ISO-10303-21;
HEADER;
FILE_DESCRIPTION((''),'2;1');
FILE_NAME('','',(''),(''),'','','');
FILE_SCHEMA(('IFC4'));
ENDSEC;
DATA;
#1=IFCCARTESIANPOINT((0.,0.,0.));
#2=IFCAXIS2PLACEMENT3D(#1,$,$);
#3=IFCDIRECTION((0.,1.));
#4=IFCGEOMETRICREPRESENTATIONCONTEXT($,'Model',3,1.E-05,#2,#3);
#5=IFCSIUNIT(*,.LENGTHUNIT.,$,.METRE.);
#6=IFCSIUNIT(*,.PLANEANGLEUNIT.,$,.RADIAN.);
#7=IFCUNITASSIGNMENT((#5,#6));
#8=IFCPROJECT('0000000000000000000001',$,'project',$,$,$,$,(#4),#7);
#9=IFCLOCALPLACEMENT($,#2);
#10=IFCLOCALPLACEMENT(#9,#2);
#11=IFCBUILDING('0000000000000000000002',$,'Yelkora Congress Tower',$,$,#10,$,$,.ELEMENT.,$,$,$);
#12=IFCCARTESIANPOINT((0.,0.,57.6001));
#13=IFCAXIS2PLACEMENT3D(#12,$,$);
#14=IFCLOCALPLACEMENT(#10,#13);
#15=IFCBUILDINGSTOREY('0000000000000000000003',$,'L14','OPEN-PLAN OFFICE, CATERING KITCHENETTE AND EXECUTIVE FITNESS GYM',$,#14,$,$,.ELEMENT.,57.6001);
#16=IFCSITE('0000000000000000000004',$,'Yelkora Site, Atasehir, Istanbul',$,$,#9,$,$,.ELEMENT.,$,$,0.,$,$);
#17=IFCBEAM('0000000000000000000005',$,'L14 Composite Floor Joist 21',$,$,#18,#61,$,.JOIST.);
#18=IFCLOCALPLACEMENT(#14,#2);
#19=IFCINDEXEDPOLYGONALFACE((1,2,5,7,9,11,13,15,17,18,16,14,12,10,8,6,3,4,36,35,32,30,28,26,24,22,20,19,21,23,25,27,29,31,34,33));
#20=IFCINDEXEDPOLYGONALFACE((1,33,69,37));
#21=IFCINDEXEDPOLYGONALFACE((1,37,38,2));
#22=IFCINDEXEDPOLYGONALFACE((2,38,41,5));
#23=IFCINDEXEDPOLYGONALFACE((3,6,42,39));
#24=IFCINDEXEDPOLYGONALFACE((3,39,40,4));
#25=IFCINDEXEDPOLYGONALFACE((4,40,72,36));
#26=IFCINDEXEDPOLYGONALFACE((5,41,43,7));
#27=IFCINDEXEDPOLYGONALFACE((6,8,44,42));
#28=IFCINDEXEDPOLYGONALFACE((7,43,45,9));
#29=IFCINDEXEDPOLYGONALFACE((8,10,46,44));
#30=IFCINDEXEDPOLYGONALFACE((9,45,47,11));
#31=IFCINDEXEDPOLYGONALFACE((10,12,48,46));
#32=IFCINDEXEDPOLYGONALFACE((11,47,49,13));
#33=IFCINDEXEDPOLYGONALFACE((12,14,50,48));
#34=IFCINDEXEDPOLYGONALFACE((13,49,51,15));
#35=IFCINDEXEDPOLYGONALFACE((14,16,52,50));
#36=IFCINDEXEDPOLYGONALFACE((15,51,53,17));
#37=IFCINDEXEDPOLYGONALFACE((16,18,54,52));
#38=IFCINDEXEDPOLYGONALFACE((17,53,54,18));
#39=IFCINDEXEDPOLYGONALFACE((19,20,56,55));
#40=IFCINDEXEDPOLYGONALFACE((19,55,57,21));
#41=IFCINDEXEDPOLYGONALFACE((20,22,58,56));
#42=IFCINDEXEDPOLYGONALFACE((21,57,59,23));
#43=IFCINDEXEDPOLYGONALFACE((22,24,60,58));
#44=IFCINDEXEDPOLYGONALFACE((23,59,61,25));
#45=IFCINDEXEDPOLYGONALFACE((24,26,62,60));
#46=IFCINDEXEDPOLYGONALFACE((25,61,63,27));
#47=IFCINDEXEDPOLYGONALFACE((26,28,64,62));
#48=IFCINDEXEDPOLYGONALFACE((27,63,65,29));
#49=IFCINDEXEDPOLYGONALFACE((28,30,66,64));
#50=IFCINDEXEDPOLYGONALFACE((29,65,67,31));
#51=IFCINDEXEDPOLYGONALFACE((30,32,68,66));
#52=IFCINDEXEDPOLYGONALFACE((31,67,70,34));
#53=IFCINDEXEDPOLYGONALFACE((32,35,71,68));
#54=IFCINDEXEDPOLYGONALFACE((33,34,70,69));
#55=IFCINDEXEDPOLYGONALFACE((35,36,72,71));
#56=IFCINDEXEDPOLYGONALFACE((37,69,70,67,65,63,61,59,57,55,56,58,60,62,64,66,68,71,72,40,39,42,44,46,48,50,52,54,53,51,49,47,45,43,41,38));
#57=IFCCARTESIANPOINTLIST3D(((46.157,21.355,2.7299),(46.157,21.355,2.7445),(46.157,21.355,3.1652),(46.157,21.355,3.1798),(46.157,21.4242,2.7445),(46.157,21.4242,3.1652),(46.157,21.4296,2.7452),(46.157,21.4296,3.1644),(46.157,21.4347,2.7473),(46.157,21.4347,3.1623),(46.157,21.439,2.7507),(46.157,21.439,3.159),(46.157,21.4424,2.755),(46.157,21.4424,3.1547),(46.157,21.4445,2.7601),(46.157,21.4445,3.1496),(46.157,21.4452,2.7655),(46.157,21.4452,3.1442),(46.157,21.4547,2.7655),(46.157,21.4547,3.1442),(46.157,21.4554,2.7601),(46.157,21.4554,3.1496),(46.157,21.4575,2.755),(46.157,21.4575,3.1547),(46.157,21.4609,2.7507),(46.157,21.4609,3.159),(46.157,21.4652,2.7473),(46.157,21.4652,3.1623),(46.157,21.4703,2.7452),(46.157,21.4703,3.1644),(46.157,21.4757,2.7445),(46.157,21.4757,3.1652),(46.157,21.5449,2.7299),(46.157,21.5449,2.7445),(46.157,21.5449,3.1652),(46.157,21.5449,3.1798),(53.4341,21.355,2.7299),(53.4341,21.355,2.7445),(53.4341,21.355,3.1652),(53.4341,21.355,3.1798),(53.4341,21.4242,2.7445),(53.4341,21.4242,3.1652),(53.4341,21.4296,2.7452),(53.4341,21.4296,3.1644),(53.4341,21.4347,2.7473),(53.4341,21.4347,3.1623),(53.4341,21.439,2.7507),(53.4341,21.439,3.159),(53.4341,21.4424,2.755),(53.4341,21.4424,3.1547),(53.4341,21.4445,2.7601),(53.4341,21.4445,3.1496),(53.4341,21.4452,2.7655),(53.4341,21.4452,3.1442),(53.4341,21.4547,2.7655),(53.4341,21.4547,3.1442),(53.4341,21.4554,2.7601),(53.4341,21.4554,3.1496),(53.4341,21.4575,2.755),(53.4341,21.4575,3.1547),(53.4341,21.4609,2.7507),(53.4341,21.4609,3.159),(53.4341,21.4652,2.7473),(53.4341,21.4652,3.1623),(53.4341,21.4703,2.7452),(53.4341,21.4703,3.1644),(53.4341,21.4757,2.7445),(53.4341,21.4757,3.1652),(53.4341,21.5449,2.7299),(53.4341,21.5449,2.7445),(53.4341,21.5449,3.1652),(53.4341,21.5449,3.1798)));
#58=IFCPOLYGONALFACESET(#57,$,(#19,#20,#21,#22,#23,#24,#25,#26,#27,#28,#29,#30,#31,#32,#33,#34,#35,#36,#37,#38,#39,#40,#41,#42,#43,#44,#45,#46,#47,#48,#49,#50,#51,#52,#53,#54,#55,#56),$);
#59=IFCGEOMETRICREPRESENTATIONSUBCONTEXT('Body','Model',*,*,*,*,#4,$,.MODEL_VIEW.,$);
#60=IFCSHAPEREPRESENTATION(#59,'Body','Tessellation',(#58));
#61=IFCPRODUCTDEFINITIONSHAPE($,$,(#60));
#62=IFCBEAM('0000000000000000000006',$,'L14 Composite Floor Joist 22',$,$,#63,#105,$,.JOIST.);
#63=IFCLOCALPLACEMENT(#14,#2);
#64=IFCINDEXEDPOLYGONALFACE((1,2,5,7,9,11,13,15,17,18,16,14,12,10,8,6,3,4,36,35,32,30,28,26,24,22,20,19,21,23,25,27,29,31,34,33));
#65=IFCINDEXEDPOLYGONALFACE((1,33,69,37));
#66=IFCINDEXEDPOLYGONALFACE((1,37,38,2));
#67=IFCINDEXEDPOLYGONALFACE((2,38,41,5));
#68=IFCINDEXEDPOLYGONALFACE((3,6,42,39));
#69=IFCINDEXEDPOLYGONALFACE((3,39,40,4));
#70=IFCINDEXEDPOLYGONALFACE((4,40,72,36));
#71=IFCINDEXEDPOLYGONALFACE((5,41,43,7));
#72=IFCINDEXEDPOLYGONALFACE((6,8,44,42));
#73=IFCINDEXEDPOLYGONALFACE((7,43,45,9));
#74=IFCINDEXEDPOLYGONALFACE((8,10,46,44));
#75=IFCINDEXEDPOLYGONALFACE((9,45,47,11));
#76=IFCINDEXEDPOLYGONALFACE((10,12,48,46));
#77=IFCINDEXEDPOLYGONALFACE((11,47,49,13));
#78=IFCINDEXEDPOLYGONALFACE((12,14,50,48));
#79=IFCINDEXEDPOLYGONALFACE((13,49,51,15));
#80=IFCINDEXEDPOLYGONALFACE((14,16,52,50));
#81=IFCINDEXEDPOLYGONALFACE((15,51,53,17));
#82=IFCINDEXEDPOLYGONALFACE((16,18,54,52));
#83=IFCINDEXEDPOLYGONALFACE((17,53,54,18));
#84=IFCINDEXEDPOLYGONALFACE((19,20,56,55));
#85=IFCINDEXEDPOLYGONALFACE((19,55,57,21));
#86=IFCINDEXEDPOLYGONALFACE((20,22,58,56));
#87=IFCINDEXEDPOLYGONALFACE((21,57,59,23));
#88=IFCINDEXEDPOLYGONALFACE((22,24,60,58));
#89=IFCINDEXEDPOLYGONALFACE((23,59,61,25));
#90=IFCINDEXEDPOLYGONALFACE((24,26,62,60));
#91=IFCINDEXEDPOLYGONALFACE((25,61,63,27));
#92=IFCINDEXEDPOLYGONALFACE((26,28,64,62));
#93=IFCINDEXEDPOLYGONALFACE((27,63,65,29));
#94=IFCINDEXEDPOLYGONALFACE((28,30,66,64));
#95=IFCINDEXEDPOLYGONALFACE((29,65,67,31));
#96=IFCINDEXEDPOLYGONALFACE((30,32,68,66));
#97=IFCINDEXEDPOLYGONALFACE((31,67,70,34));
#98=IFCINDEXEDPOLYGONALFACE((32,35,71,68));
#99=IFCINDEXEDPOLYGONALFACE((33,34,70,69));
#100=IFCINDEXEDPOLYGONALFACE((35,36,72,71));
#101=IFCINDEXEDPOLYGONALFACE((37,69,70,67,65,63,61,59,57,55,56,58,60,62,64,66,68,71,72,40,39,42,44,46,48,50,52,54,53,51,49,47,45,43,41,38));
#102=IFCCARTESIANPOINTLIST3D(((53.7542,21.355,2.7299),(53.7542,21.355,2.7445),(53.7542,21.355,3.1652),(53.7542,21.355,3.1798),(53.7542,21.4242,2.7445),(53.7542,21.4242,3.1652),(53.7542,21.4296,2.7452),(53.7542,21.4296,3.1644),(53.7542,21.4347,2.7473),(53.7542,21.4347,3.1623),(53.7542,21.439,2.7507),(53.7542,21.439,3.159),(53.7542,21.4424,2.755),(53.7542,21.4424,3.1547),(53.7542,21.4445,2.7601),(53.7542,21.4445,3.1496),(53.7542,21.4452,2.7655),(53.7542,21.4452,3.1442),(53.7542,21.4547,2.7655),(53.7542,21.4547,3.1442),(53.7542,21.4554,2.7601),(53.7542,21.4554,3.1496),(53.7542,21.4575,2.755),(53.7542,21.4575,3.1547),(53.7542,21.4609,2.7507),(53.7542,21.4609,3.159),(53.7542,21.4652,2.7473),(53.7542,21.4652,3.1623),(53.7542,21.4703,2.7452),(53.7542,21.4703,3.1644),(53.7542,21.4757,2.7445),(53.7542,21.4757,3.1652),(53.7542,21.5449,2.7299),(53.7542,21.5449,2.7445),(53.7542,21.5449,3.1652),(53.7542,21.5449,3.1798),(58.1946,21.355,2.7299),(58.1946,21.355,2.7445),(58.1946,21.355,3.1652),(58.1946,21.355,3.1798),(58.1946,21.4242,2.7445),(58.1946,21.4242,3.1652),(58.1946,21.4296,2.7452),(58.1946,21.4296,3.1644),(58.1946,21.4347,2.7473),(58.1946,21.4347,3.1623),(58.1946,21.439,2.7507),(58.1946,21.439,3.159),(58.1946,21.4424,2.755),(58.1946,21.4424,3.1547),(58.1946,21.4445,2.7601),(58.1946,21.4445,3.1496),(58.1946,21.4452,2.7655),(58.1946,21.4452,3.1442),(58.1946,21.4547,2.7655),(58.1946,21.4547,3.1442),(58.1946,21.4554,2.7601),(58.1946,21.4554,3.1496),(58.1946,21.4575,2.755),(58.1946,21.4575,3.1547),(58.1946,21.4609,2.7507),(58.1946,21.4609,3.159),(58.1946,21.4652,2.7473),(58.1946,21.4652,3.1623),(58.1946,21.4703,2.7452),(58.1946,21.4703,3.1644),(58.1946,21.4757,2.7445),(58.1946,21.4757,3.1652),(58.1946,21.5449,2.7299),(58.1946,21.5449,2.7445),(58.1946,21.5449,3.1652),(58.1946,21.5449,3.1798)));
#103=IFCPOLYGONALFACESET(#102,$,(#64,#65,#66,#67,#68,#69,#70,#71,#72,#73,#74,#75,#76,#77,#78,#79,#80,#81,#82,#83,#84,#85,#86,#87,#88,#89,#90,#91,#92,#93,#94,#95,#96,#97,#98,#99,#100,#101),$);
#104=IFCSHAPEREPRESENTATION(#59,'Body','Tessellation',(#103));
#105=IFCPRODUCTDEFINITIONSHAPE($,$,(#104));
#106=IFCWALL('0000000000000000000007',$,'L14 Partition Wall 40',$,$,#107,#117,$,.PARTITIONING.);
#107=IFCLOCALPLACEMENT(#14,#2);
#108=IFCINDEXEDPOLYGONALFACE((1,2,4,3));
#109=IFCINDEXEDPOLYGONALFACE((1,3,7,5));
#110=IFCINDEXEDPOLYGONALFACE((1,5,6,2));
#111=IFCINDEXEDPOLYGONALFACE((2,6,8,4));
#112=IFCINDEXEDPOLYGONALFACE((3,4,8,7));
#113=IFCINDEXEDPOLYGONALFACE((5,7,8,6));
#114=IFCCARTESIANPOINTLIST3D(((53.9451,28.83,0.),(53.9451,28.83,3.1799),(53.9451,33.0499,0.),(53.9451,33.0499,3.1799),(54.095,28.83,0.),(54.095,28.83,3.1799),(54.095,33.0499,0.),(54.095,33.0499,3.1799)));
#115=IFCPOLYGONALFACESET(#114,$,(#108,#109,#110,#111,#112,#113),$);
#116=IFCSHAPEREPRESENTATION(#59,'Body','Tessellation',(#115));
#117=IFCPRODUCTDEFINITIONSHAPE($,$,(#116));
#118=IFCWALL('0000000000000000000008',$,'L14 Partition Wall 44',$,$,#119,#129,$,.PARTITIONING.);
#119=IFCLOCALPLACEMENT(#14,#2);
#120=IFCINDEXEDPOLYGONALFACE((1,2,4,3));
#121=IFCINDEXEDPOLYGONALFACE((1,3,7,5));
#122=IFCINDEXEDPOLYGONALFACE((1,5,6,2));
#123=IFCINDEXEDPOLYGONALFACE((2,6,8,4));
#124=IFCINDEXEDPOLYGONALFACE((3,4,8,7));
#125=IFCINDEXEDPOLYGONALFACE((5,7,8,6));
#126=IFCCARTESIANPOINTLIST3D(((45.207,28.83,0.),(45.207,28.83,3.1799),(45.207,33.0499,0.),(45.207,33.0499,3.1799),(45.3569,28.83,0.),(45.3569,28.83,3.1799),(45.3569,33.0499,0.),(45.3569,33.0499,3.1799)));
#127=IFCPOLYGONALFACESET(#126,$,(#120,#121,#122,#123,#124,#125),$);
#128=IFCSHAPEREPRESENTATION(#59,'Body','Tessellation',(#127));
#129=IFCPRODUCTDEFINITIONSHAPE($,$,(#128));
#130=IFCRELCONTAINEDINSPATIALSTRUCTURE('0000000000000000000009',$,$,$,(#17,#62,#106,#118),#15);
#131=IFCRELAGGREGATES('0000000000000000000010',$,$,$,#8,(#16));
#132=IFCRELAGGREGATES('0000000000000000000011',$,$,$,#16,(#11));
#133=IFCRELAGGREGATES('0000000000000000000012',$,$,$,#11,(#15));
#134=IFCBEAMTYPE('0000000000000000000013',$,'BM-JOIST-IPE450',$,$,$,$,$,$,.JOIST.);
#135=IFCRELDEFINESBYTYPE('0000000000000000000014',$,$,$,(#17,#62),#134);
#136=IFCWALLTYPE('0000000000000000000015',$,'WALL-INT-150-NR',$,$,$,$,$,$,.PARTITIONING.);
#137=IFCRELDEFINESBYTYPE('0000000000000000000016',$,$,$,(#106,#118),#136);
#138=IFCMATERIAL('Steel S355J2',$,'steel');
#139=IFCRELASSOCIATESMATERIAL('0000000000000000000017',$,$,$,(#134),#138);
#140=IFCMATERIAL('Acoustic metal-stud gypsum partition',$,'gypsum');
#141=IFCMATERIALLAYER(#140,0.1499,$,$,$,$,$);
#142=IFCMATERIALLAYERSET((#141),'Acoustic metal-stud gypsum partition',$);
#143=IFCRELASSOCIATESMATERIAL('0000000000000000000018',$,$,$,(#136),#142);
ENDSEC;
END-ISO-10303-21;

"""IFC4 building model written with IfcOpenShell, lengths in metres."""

from ifc_helpers import new_model, si_unit, direction, frame, frame_2d, origin, origin_2d, place, context, subcontext, project, spatial, rectangle, i_section, extrude, material, layer, layer_set, material_profile, profile_set, type_object, element, save


model = new_model("IFC4")

# Units and contexts
model_context = context("Model", 3, precision=1e-05, world=origin(), true_north=direction((0.0, 1.0)))
body_context = subcontext(model_context, "Body", "Model", "MODEL_VIEW")
ifc_project = project(units=[si_unit("LENGTHUNIT", "METRE"), si_unit("PLANEANGLEUNIT", "RADIAN")], contexts=[model_context])

# Site, building, storey
site_placement = place(None, origin())
site = spatial("IfcSite", under=ifc_project, at=site_placement, Name="Yelkora Site, Atasehir, Istanbul", CompositionType="ELEMENT", RefElevation=0.0)
building_placement = place(site_placement, origin())
building = spatial("IfcBuilding", under=site, at=building_placement, Name="Yelkora Congress Tower", CompositionType="ELEMENT")
storey_placement = place(building_placement, frame((0.0, 0.0, 57.6001)))
storey = spatial("IfcBuildingStorey", under=building, at=storey_placement, Name="L14", Description="OPEN-PLAN OFFICE, CATERING KITCHENETTE AND EXECUTIVE FITNESS GYM", CompositionType="ELEMENT", Elevation=57.6001)

# Beams
ifc_material_1 = material(Name="Steel S355J2", Category="steel")
ifc_material_profile_1 = material_profile(ifc_material_1, i_section(OverallWidth=0.1899, OverallDepth=0.45, WebThickness=0.0095, FlangeThickness=0.0146, FilletRadius=0.021, at=origin_2d()), Name="IPE 450")
ifc_profile_set_1 = profile_set([ifc_material_profile_1], Name="Steel S355J2")
beam_type_1 = type_object("IfcBeamType", Name="BM-JOIST-IPE450", PredefinedType="JOIST", material=ifc_profile_set_1)
beam_1_placement = place(storey_placement, frame((46.157, 21.45, 2.9548), z_axis=(1.0, 0.0, 0.0), x_axis=(0.0, 1.0, 0.0)))
element("IfcBeam", 1, at=beam_1_placement, inside=storey, type_object=beam_type_1, Name="L14 Composite Floor Joist 21", PredefinedType="JOIST", context=body_context, shape_type="SweptSolid", body=[
    extrude(i_section(OverallWidth=0.1899, OverallDepth=0.45, WebThickness=0.0095, FlangeThickness=0.0146, FilletRadius=0.021, at=origin_2d()), origin(), (0.0, 0.0, 1.0), 7.2771),
])
beam_2_placement = place(storey_placement, frame((53.7542, 21.45, 2.9548), z_axis=(1.0, 0.0, 0.0), x_axis=(0.0, 1.0, 0.0)))
element("IfcBeam", 2, at=beam_2_placement, inside=storey, type_object=beam_type_1, Name="L14 Composite Floor Joist 22", PredefinedType="JOIST", context=body_context, shape_type="SweptSolid", body=[
    extrude(i_section(OverallWidth=0.1899, OverallDepth=0.45, WebThickness=0.0095, FlangeThickness=0.0146, FilletRadius=0.021, at=origin_2d()), origin(), (0.0, 0.0, 1.0), 4.4404),
])

# Walls
ifc_material_2 = material(Name="Acoustic metal-stud gypsum partition", Category="gypsum")
ifc_layer_1 = layer(ifc_material_2, 0.1499)
ifc_layer_set_1 = layer_set([ifc_layer_1], Name="Acoustic metal-stud gypsum partition")
wall_type_1 = type_object("IfcWallType", Name="WALL-INT-150-NR", PredefinedType="PARTITIONING", material=ifc_layer_set_1)
for number, where, z_axis, x_axis, name in (
    (3, (54.02, 28.8301, 0.0), (0.0, 0.0, 1.0), (0.0, 1.0, 0.0), "L14 Partition Wall 40"),
    (4, (45.282, 28.8301, 0.0), (0.0, 0.0, 1.0), (0.0, 1.0, 0.0), "L14 Partition Wall 44"),
):
    element("IfcWall", number, at=place(storey_placement, frame(where, z_axis=z_axis, x_axis=x_axis)), inside=storey, type_object=wall_type_1, Name=name, PredefinedType="PARTITIONING", context=body_context, shape_type="SweptSolid", body=[
        extrude(rectangle(XDim=4.22, YDim=0.1499, at=frame_2d((2.1099, 0.0))), origin(), (0.0, 0.0, 1.0), 3.1799),
    ])

save(model, "model.ifc")
